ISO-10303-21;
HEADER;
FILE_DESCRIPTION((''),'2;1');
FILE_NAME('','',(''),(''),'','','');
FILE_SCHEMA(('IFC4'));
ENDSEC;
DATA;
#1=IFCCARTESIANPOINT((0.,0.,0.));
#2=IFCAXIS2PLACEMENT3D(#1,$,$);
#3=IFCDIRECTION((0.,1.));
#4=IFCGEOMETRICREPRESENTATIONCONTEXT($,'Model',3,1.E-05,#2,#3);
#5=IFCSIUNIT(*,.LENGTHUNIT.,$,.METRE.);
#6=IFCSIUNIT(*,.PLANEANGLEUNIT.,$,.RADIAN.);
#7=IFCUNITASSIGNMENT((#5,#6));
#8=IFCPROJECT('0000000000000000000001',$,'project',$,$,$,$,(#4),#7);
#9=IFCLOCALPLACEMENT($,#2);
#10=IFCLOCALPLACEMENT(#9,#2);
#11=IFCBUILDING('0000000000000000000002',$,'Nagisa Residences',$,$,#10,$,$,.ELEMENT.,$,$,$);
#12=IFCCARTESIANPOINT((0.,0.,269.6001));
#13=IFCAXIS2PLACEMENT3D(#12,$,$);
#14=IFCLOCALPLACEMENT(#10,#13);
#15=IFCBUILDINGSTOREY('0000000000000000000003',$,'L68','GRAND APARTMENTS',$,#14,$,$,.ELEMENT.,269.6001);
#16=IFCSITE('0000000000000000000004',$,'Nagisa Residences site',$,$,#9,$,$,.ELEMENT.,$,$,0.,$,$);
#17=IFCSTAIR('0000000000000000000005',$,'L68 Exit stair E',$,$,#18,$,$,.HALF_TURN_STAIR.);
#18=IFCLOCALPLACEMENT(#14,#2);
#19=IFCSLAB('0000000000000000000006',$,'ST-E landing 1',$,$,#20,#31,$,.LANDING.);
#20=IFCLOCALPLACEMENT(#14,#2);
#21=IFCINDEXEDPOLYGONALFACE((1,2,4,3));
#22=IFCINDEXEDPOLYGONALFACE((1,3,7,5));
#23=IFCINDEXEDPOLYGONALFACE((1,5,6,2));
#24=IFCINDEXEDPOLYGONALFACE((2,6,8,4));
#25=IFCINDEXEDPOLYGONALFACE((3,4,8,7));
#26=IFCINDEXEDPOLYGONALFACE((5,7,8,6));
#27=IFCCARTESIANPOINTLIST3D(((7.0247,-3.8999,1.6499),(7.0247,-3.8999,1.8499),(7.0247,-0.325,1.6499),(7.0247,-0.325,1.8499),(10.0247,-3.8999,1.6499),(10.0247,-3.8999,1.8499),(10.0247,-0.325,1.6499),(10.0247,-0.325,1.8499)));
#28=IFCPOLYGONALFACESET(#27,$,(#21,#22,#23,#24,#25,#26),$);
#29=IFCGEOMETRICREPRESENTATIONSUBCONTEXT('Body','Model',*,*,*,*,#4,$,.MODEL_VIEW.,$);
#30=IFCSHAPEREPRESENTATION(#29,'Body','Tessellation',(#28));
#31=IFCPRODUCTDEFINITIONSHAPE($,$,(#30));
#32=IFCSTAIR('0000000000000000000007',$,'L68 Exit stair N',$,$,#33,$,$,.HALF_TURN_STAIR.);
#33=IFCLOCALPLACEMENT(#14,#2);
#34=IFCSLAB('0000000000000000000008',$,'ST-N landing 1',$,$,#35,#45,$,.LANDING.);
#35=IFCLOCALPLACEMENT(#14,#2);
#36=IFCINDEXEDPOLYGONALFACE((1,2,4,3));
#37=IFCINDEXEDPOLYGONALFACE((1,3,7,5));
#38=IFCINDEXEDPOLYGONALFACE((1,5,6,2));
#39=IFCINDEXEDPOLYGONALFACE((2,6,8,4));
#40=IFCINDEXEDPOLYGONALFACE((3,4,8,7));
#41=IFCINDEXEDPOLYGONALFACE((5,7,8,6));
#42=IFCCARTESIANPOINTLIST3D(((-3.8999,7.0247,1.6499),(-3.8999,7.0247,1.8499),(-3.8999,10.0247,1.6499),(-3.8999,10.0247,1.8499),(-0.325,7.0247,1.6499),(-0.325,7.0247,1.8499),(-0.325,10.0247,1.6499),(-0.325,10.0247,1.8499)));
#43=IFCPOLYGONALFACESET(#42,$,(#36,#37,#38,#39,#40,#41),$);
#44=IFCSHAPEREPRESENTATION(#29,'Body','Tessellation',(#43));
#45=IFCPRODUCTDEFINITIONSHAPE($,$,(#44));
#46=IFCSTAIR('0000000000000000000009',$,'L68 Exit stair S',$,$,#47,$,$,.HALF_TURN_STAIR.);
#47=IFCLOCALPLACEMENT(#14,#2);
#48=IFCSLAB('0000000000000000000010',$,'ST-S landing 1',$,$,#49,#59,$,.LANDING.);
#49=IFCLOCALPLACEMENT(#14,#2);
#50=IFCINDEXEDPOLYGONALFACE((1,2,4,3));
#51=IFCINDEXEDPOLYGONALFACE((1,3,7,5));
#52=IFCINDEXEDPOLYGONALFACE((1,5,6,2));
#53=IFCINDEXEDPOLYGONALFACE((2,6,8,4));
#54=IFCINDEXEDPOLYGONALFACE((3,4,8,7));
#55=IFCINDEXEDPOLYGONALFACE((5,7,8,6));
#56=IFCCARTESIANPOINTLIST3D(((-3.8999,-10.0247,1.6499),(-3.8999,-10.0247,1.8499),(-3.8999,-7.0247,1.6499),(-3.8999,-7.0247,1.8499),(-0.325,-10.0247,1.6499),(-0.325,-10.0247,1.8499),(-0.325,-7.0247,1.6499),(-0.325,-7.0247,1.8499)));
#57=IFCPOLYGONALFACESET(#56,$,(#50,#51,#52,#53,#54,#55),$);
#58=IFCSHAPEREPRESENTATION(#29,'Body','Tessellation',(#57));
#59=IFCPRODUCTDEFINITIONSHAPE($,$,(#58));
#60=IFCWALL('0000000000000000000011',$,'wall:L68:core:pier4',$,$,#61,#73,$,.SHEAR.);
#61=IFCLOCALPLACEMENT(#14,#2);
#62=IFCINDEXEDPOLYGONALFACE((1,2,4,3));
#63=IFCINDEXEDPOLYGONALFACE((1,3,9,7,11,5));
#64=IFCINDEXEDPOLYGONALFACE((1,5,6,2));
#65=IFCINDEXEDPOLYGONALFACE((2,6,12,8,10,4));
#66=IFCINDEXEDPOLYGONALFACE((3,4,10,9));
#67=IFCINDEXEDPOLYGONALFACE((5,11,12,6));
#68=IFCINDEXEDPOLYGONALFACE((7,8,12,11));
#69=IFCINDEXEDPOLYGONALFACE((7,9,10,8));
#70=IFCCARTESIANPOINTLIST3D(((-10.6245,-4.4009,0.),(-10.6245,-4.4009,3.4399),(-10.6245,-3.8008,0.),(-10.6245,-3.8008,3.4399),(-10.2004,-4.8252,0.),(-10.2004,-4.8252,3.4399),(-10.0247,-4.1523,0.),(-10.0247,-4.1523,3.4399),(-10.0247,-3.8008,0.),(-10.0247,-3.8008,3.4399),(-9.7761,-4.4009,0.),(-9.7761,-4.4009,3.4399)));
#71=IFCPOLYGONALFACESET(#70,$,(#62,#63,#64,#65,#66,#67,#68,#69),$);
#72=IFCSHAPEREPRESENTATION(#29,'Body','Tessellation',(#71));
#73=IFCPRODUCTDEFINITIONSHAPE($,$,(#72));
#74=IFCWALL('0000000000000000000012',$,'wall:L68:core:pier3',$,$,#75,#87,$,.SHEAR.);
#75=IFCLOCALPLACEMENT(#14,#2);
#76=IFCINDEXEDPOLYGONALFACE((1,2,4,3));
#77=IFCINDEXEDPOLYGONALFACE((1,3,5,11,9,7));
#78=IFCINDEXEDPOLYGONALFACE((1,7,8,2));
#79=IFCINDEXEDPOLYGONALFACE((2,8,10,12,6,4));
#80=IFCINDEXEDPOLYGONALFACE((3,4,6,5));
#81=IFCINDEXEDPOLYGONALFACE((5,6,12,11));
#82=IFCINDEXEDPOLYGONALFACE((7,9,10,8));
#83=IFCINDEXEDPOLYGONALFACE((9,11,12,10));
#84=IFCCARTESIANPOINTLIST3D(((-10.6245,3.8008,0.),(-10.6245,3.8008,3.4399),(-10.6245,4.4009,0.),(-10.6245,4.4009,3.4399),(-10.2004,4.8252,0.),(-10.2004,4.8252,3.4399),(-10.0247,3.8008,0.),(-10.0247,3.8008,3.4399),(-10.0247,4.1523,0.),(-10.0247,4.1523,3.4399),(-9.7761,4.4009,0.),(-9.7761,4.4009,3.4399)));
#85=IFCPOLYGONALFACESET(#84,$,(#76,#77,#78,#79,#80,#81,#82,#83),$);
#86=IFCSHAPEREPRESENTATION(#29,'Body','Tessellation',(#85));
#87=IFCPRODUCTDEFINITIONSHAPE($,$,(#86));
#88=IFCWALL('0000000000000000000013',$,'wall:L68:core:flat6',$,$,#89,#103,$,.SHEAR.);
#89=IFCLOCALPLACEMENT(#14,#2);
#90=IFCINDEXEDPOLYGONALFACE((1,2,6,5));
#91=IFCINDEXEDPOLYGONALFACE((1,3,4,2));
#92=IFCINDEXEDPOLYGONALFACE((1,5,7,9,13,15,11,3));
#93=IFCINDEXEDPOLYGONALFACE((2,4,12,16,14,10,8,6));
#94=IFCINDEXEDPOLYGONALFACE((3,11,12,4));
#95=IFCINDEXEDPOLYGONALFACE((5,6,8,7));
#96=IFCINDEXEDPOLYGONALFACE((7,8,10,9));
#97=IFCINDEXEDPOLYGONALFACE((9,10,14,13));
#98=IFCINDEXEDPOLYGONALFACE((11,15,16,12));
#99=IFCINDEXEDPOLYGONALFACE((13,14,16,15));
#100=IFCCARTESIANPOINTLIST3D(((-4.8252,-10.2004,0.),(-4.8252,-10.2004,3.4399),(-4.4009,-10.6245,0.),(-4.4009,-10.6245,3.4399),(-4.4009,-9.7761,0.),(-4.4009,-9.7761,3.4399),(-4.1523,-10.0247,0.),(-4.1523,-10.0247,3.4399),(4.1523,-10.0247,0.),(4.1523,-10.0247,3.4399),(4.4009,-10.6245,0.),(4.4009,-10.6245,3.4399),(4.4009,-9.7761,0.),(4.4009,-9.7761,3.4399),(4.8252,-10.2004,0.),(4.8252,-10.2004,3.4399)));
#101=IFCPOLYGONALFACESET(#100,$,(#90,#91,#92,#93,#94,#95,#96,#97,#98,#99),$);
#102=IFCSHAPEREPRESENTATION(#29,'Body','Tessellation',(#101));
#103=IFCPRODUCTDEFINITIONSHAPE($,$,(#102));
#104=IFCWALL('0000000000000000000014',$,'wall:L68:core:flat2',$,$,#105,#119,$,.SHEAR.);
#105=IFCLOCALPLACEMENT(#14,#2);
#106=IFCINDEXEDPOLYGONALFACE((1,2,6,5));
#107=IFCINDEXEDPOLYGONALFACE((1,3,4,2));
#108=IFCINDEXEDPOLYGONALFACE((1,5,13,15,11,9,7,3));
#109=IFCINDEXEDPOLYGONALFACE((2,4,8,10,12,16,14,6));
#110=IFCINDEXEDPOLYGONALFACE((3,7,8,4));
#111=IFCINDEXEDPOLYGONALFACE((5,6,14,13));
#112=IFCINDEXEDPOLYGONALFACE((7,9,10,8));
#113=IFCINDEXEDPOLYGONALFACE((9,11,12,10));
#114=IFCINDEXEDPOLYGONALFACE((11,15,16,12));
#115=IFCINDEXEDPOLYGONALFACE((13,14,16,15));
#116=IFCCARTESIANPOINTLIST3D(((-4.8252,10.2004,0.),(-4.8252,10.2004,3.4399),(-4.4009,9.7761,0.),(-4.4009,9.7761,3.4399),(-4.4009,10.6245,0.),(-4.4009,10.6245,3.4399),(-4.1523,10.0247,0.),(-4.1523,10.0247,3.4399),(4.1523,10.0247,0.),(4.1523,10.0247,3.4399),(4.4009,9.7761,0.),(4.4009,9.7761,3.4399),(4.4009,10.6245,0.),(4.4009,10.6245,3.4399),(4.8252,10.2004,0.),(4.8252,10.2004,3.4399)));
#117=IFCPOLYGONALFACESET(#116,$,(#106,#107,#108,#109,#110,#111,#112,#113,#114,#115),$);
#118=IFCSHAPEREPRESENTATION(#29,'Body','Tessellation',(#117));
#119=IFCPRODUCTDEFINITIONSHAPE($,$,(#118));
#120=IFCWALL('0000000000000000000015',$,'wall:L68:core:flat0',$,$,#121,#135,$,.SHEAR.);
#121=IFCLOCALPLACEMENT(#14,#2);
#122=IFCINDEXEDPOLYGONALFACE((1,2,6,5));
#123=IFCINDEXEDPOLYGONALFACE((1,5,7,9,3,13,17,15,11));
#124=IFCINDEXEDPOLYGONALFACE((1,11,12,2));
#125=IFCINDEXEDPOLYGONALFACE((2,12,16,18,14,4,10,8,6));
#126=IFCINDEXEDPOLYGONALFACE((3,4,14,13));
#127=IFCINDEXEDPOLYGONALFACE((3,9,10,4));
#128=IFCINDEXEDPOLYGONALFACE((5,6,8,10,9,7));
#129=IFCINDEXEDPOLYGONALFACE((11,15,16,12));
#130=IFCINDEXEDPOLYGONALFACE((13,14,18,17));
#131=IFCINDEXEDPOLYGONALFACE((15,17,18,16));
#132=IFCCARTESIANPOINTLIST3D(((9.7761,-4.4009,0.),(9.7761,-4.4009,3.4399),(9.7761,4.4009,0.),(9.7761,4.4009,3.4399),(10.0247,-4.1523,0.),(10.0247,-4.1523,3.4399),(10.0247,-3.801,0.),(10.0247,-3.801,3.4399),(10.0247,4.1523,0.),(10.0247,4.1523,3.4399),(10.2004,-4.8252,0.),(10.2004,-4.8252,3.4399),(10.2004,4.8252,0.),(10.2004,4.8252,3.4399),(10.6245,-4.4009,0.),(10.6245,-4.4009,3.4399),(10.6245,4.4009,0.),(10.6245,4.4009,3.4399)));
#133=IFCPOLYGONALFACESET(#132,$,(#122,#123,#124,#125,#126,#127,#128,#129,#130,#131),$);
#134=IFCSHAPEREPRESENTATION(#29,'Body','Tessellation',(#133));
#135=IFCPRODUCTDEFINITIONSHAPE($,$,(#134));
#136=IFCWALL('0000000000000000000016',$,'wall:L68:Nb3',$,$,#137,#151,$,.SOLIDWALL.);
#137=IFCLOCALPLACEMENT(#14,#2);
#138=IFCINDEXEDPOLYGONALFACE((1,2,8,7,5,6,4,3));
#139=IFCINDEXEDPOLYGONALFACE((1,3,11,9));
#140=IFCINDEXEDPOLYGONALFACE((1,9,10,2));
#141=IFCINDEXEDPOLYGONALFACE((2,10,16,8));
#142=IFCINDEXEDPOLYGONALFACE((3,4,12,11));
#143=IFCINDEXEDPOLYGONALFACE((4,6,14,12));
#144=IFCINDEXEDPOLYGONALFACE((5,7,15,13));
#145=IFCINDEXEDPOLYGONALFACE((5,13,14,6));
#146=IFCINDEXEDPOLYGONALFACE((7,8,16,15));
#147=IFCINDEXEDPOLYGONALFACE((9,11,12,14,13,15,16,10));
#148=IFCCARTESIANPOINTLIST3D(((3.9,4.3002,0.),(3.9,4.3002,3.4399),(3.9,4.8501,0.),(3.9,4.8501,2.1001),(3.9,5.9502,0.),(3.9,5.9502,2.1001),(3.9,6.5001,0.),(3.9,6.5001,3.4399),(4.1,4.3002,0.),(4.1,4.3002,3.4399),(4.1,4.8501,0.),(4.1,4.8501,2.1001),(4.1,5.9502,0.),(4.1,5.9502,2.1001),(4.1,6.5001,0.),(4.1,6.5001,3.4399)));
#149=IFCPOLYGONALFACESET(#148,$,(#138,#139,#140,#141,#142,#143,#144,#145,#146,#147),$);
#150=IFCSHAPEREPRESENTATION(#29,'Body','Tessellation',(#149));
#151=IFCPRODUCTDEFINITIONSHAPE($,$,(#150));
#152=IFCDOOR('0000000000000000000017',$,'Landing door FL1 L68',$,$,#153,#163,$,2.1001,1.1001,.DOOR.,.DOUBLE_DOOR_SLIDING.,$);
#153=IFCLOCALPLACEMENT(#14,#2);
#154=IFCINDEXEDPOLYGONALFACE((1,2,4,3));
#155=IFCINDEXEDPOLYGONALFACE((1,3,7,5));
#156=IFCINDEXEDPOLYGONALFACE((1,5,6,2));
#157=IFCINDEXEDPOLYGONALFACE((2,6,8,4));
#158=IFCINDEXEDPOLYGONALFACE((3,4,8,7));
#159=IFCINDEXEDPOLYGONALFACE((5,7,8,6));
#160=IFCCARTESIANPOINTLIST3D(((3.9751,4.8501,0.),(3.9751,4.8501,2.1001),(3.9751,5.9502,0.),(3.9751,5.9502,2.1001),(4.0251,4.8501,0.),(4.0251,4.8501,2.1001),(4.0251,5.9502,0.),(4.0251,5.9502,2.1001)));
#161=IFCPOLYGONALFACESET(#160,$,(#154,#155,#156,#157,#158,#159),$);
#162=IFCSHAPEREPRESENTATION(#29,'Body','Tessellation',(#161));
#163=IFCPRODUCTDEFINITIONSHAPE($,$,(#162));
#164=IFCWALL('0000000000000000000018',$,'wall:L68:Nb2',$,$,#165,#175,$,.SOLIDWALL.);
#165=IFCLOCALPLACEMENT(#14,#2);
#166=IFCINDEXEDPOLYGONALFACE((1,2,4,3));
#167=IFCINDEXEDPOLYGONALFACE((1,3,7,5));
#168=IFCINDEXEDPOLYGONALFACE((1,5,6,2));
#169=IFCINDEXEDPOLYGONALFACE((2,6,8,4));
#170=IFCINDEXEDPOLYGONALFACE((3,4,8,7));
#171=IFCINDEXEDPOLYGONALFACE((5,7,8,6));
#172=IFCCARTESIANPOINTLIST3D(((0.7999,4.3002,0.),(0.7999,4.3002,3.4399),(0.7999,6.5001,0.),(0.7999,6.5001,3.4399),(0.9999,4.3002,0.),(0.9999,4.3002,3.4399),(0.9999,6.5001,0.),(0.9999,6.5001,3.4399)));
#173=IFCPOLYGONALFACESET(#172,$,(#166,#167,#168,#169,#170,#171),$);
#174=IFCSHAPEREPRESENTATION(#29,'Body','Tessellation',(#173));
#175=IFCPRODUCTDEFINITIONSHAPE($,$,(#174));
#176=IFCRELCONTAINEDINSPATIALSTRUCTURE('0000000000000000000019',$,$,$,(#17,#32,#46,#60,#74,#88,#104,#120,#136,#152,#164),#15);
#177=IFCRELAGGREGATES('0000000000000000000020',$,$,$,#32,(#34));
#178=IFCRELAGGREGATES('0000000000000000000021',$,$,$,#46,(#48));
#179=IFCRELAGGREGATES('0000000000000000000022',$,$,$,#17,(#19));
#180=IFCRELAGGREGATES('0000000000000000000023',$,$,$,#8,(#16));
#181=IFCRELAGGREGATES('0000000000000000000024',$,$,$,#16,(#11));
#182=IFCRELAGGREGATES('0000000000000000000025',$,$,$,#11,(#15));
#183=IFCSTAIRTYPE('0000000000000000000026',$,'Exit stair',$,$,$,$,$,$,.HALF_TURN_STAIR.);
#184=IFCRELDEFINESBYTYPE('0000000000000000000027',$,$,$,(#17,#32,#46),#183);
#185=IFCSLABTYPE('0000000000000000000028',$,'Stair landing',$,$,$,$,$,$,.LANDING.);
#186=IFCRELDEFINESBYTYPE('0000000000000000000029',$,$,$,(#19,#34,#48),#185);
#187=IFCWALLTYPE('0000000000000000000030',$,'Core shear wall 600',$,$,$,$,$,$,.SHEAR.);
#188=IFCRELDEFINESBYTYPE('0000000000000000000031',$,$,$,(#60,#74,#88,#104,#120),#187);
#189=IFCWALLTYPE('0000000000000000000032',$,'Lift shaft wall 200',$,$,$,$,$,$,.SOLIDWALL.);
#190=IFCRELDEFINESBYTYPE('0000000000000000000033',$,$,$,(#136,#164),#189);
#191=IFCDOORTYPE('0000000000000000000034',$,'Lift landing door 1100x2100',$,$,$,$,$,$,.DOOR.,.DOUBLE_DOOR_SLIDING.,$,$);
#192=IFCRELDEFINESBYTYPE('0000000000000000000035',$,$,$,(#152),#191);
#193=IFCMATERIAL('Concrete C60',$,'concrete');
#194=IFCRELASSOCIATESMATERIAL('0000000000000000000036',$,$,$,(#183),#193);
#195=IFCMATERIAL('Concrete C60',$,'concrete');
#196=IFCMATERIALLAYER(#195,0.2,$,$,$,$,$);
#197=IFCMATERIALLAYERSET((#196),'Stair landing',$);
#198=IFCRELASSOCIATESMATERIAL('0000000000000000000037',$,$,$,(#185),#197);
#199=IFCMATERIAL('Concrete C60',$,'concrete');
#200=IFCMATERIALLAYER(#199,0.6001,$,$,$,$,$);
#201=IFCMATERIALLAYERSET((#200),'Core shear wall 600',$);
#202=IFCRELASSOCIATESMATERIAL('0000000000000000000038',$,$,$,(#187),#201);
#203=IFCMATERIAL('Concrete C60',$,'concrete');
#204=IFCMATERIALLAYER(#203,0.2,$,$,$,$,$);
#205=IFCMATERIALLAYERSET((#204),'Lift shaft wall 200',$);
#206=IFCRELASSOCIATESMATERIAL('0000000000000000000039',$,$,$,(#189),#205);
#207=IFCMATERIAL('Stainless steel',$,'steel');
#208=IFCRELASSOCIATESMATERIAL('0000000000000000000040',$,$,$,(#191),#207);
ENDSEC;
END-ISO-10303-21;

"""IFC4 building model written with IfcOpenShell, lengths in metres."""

from ifc_helpers import new_model, si_unit, direction, frame, frame_2d, origin, place, context, subcontext, project, spatial, polyline, rectangle, outline, extrude, material, layer, layer_set, type_object, element, fill, aggregate, save


model = new_model("IFC4")

# Units and contexts
model_context = context("Model", 3, precision=1e-05, world=origin(), true_north=direction((0.0, 1.0)))
body_context = subcontext(model_context, "Body", "Model", "MODEL_VIEW")
ifc_project = project(units=[si_unit("LENGTHUNIT", "METRE"), si_unit("PLANEANGLEUNIT", "RADIAN")], contexts=[model_context])

# Site, building, storey
site_placement = place(None, origin())
site = spatial("IfcSite", under=ifc_project, at=site_placement, Name="Nagisa Residences site", CompositionType="ELEMENT", RefElevation=0.0)
building_placement = place(site_placement, origin())
building = spatial("IfcBuilding", under=site, at=building_placement, Name="Nagisa Residences", CompositionType="ELEMENT")
storey_placement = place(building_placement, frame((0.0, 0.0, 269.6001)))
storey = spatial("IfcBuildingStorey", under=building, at=storey_placement, Name="L68", Description="GRAND APARTMENTS", CompositionType="ELEMENT", Elevation=269.6001)

# Stairs, slabs
ifc_material_1 = material(Name="Concrete C60", Category="concrete")
stair_type = type_object("IfcStairType", Name="Exit stair", PredefinedType="HALF_TURN_STAIR", material=ifc_material_1)
stair_1_placement = place(storey_placement, origin())
stair_1 = element("IfcStair", 1, at=stair_1_placement, inside=storey, type_object=stair_type, Name="L68 Exit stair E", PredefinedType="HALF_TURN_STAIR")
ifc_material_2 = material(Name="Concrete C60", Category="concrete")
ifc_layer_1 = layer(ifc_material_2, 0.2)
ifc_layer_set_1 = layer_set([ifc_layer_1], Name="Stair landing")
slab_type = type_object("IfcSlabType", Name="Stair landing", PredefinedType="LANDING", material=ifc_layer_set_1)
slab_1_placement = place(storey_placement, frame((0.0, 0.0, 1.6499)))
slab_1 = element("IfcSlab", 2, at=slab_1_placement, type_object=slab_type, Name="ST-E landing 1", PredefinedType="LANDING", context=body_context, shape_type="SweptSolid", body=[
    extrude(outline(polyline([(7.0247, -0.325), (7.0247, -3.8999), (10.0247, -3.8999), (10.0247, -0.325), (7.0247, -0.325)])), origin(), (0.0, 0.0, 1.0), 0.2),
])
stair_2_placement = place(storey_placement, origin())
stair_2 = element("IfcStair", 3, at=stair_2_placement, inside=storey, type_object=stair_type, Name="L68 Exit stair N", PredefinedType="HALF_TURN_STAIR")
slab_2_placement = place(storey_placement, frame((0.0, 0.0, 1.6499)))
slab_2 = element("IfcSlab", 4, at=slab_2_placement, type_object=slab_type, Name="ST-N landing 1", PredefinedType="LANDING", context=body_context, shape_type="SweptSolid", body=[
    extrude(outline(polyline([(-0.325, 10.0247), (-3.8999, 10.0247), (-3.8999, 7.0247), (-0.325, 7.0247), (-0.325, 10.0247)])), origin(), (0.0, 0.0, 1.0), 0.2),
])
aggregate(stair_2, [slab_2])
stair_3_placement = place(storey_placement, origin())
stair_3 = element("IfcStair", 5, at=stair_3_placement, inside=storey, type_object=stair_type, Name="L68 Exit stair S", PredefinedType="HALF_TURN_STAIR")
slab_3_placement = place(storey_placement, frame((0.0, 0.0, 1.6499)))
slab_3 = element("IfcSlab", 6, at=slab_3_placement, type_object=slab_type, Name="ST-S landing 1", PredefinedType="LANDING", context=body_context, shape_type="SweptSolid", body=[
    extrude(outline(polyline([(-0.325, -7.0247), (-3.8999, -7.0247), (-3.8999, -10.0247), (-0.325, -10.0247), (-0.325, -7.0247)])), origin(), (0.0, 0.0, 1.0), 0.2),
])
aggregate(stair_3, [slab_3])

# Walls
ifc_material_3 = material(Name="Concrete C60", Category="concrete")
ifc_layer_2 = layer(ifc_material_3, 0.6001)
ifc_layer_set_2 = layer_set([ifc_layer_2], Name="Core shear wall 600")
wall_type_1 = type_object("IfcWallType", Name="Core shear wall 600", PredefinedType="SHEAR", material=ifc_layer_set_2)
wall_1_placement = place(storey_placement, origin())
element("IfcWall", 7, at=wall_1_placement, inside=storey, type_object=wall_type_1, Name="wall:L68:core:pier4", PredefinedType="SHEAR", context=body_context, shape_type="SweptSolid", body=[
    extrude(outline(polyline([(-10.6245, -3.8008), (-10.0247, -3.8008), (-10.0247, -4.1523), (-9.7761, -4.4009), (-10.2004, -4.8252), (-10.6245, -4.4009), (-10.6245, -3.8008)])), origin(), (0.0, 0.0, 1.0), 3.4399),
])
wall_2_placement = place(storey_placement, origin())
element("IfcWall", 8, at=wall_2_placement, inside=storey, type_object=wall_type_1, Name="wall:L68:core:pier3", PredefinedType="SHEAR", context=body_context, shape_type="SweptSolid", body=[
    extrude(outline(polyline([(-10.2004, 4.8252), (-9.7761, 4.4009), (-10.0247, 4.1523), (-10.0247, 3.8008), (-10.6245, 3.8008), (-10.6245, 4.4009), (-10.2004, 4.8252)])), origin(), (0.0, 0.0, 1.0), 3.4399),
])
wall_3_placement = place(storey_placement, origin())
element("IfcWall", 9, at=wall_3_placement, inside=storey, type_object=wall_type_1, Name="wall:L68:core:flat6", PredefinedType="SHEAR", context=body_context, shape_type="SweptSolid", body=[
    extrude(outline(polyline([(-4.1523, -10.0247), (4.1523, -10.0247), (4.4009, -9.7761), (4.8252, -10.2004), (4.4009, -10.6245), (-4.4009, -10.6245), (-4.8252, -10.2004), (-4.4009, -9.7761), (-4.1523, -10.0247)])), origin(), (0.0, 0.0, 1.0), 3.4399),
])
wall_4_placement = place(storey_placement, origin())
element("IfcWall", 10, at=wall_4_placement, inside=storey, type_object=wall_type_1, Name="wall:L68:core:flat2", PredefinedType="SHEAR", context=body_context, shape_type="SweptSolid", body=[
    extrude(outline(polyline([(-4.1523, 10.0247), (-4.4009, 9.7761), (-4.8252, 10.2004), (-4.4009, 10.6245), (4.4009, 10.6245), (4.8252, 10.2004), (4.4009, 9.7761), (4.1523, 10.0247), (-4.1523, 10.0247)])), origin(), (0.0, 0.0, 1.0), 3.4399),
])
wall_5_placement = place(storey_placement, origin())
element("IfcWall", 11, at=wall_5_placement, inside=storey, type_object=wall_type_1, Name="wall:L68:core:flat0", PredefinedType="SHEAR", context=body_context, shape_type="SweptSolid", body=[
    extrude(outline(polyline([(9.7761, -4.4009), (10.0247, -4.1523), (10.0247, -3.801), (10.0247, 4.1523), (9.7761, 4.4009), (10.2004, 4.8252), (10.6245, 4.4009), (10.6245, -4.4009), (10.2004, -4.8252), (9.7761, -4.4009)])), origin(), (0.0, 0.0, 1.0), 3.4399),
])

# Wall, opening, door
ifc_material_4 = material(Name="Concrete C60", Category="concrete")
ifc_layer_3 = layer(ifc_material_4, 0.2)
ifc_layer_set_3 = layer_set([ifc_layer_3], Name="Lift shaft wall 200")
wall_type_2 = type_object("IfcWallType", Name="Lift shaft wall 200", PredefinedType="SOLIDWALL", material=ifc_layer_set_3)
wall_6_placement = place(storey_placement, frame((4.0, 4.3, 0.0), z_axis=(0.0, 0.0, 1.0), x_axis=(0.0, 1.0, 0.0)))
wall_6 = element("IfcWall", 12, at=wall_6_placement, inside=storey, type_object=wall_type_2, Name="wall:L68:Nb3", PredefinedType="SOLIDWALL", context=body_context, shape_type="SweptSolid", body=[
    extrude(rectangle(XDim=2.2, YDim=0.2, at=frame_2d((1.1001, 0.0))), origin(), (0.0, 0.0, 1.0), 3.4399),
])
opening_1_placement = place(wall_6_placement, frame((0.55, 0.0, 0.0)))
opening_1 = element("IfcOpeningElement", 13, at=opening_1_placement, cuts=wall_6, PredefinedType="OPENING", context=body_context, shape_type="SweptSolid", body=[
    extrude(rectangle(XDim=1.1001, YDim=2.1001, at=frame_2d((0.55, 1.05))), frame((0.0, 0.1099, 0.0), z_axis=(0.0, -1.0, 0.0), x_axis=(1.0, 0.0, 0.0)), (0.0, 0.0, 1.0), 0.22),
])
ifc_material_5 = material(Name="Stainless steel", Category="steel")
door_type_1 = type_object("IfcDoorType", Name="Lift landing door 1100x2100", OperationType="DOUBLE_DOOR_SLIDING", PredefinedType="DOOR", material=ifc_material_5)
door_1_placement = place(opening_1_placement, origin())
door_1 = element("IfcDoor", 14, at=door_1_placement, inside=storey, type_object=door_type_1, Name="Landing door FL1 L68", OperationType="DOUBLE_DOOR_SLIDING", OverallHeight=2.1001, OverallWidth=1.1001, PredefinedType="DOOR", context=body_context, shape_type="SweptSolid", body=[
    extrude(rectangle(XDim=1.1001, YDim=2.1001, at=frame_2d((0.55, 1.05))), frame((0.0, 0.0249, 0.0), z_axis=(0.0, -1.0, 0.0), x_axis=(1.0, 0.0, 0.0)), (0.0, 0.0, 1.0), 0.05),
])
fill(opening_1, door_1)

# Wall
wall_7_placement = place(storey_placement, frame((0.8999, 4.3, 0.0), z_axis=(0.0, 0.0, 1.0), x_axis=(0.0, 1.0, 0.0)))
element("IfcWall", 15, at=wall_7_placement, inside=storey, type_object=wall_type_2, Name="wall:L68:Nb2", PredefinedType="SOLIDWALL", context=body_context, shape_type="SweptSolid", body=[
    extrude(rectangle(XDim=2.2, YDim=0.2, at=frame_2d((1.1001, 0.0))), origin(), (0.0, 0.0, 1.0), 3.4399),
])

aggregate(stair_1, [slab_1])

save(model, "model.ifc")
